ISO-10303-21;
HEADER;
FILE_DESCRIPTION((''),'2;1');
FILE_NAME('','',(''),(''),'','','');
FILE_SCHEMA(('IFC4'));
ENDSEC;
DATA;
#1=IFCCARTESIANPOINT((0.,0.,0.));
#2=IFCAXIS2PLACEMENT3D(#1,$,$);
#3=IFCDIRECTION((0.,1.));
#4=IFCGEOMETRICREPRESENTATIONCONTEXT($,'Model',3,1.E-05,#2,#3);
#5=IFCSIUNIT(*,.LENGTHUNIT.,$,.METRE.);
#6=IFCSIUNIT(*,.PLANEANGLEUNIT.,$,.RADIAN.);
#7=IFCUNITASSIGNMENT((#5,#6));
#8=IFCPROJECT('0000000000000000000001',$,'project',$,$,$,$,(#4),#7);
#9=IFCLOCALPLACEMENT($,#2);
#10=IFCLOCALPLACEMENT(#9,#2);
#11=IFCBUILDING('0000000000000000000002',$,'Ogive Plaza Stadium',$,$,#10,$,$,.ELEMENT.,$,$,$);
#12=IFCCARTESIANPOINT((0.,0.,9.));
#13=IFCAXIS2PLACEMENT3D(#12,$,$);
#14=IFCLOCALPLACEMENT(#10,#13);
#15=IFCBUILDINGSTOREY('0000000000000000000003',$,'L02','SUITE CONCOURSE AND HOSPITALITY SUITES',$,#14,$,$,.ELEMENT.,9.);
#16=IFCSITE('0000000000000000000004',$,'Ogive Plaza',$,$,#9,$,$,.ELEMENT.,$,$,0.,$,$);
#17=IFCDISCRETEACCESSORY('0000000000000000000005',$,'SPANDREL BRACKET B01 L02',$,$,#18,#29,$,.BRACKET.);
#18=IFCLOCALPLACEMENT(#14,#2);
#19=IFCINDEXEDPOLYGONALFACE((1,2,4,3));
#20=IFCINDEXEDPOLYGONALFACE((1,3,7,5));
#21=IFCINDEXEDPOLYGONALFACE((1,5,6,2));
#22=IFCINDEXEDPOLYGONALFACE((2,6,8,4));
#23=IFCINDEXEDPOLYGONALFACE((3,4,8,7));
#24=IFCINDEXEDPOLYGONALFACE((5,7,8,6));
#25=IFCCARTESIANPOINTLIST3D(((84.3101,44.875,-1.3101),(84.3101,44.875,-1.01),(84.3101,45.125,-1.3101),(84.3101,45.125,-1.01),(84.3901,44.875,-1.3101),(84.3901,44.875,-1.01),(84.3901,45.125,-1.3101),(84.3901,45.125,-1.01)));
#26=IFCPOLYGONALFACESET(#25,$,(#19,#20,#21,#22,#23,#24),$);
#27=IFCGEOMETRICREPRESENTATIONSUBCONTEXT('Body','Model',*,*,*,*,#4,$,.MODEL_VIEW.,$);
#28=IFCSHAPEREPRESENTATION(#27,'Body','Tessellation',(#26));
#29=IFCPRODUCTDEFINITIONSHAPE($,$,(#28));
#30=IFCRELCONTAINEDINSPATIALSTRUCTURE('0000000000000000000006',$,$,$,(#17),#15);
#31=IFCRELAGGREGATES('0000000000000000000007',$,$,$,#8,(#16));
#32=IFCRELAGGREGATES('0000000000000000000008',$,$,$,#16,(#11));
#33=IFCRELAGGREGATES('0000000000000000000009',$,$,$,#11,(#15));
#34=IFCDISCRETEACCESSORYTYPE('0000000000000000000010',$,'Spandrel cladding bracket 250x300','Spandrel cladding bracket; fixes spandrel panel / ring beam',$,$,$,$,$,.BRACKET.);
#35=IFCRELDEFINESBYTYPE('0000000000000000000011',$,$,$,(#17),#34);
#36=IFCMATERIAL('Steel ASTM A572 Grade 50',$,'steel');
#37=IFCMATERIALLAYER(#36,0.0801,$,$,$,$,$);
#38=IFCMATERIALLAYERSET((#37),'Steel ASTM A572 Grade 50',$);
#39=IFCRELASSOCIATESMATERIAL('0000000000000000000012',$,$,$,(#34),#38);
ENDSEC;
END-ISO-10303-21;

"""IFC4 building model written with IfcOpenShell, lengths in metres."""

from ifc_helpers import new_model, si_unit, direction, frame, origin, origin_2d, place, context, subcontext, project, spatial, rectangle, extrude, material, layer, layer_set, type_object, element, save


model = new_model("IFC4")

# Units and contexts
model_context = context("Model", 3, precision=1e-05, world=origin(), true_north=direction((0.0, 1.0)))
body_context = subcontext(model_context, "Body", "Model", "MODEL_VIEW")
ifc_project = project(units=[si_unit("LENGTHUNIT", "METRE"), si_unit("PLANEANGLEUNIT", "RADIAN")], contexts=[model_context])

# Site, building, storey
site_placement = place(None, origin())
site = spatial("IfcSite", under=ifc_project, at=site_placement, Name="Ogive Plaza", CompositionType="ELEMENT", RefElevation=0.0)
building_placement = place(site_placement, origin())
building = spatial("IfcBuilding", under=site, at=building_placement, Name="Ogive Plaza Stadium", CompositionType="ELEMENT")
storey_placement = place(building_placement, frame((0.0, 0.0, 9.0)))
storey = spatial("IfcBuildingStorey", under=building, at=storey_placement, Name="L02", Description="SUITE CONCOURSE AND HOSPITALITY SUITES", CompositionType="ELEMENT", Elevation=9.0)

# Discrete accessory
ifc_material_1 = material(Name="Steel ASTM A572 Grade 50", Category="steel")
ifc_layer_1 = layer(ifc_material_1, 0.0801)
ifc_layer_set_1 = layer_set([ifc_layer_1], Name="Steel ASTM A572 Grade 50")
discrete_accessory_type = type_object("IfcDiscreteAccessoryType", Name="Spandrel cladding bracket 250x300", Description="Spandrel cladding bracket; fixes spandrel panel / ring beam", PredefinedType="BRACKET", material=ifc_layer_set_1)
discrete_accessory_placement = place(storey_placement, frame((84.3501, 45.0, -1.3101), z_axis=(0.0, 0.0, 1.0), x_axis=(0.0, -1.0, 0.0)))
element("IfcDiscreteAccessory", 1, at=discrete_accessory_placement, inside=storey, type_object=discrete_accessory_type, Name="SPANDREL BRACKET B01 L02", PredefinedType="BRACKET", context=body_context, shape_type="SweptSolid", body=[
    extrude(rectangle(XDim=0.25, YDim=0.0801, at=origin_2d()), origin(), (0.0, 0.0, 1.0), 0.3),
])

save(model, "model.ifc")
